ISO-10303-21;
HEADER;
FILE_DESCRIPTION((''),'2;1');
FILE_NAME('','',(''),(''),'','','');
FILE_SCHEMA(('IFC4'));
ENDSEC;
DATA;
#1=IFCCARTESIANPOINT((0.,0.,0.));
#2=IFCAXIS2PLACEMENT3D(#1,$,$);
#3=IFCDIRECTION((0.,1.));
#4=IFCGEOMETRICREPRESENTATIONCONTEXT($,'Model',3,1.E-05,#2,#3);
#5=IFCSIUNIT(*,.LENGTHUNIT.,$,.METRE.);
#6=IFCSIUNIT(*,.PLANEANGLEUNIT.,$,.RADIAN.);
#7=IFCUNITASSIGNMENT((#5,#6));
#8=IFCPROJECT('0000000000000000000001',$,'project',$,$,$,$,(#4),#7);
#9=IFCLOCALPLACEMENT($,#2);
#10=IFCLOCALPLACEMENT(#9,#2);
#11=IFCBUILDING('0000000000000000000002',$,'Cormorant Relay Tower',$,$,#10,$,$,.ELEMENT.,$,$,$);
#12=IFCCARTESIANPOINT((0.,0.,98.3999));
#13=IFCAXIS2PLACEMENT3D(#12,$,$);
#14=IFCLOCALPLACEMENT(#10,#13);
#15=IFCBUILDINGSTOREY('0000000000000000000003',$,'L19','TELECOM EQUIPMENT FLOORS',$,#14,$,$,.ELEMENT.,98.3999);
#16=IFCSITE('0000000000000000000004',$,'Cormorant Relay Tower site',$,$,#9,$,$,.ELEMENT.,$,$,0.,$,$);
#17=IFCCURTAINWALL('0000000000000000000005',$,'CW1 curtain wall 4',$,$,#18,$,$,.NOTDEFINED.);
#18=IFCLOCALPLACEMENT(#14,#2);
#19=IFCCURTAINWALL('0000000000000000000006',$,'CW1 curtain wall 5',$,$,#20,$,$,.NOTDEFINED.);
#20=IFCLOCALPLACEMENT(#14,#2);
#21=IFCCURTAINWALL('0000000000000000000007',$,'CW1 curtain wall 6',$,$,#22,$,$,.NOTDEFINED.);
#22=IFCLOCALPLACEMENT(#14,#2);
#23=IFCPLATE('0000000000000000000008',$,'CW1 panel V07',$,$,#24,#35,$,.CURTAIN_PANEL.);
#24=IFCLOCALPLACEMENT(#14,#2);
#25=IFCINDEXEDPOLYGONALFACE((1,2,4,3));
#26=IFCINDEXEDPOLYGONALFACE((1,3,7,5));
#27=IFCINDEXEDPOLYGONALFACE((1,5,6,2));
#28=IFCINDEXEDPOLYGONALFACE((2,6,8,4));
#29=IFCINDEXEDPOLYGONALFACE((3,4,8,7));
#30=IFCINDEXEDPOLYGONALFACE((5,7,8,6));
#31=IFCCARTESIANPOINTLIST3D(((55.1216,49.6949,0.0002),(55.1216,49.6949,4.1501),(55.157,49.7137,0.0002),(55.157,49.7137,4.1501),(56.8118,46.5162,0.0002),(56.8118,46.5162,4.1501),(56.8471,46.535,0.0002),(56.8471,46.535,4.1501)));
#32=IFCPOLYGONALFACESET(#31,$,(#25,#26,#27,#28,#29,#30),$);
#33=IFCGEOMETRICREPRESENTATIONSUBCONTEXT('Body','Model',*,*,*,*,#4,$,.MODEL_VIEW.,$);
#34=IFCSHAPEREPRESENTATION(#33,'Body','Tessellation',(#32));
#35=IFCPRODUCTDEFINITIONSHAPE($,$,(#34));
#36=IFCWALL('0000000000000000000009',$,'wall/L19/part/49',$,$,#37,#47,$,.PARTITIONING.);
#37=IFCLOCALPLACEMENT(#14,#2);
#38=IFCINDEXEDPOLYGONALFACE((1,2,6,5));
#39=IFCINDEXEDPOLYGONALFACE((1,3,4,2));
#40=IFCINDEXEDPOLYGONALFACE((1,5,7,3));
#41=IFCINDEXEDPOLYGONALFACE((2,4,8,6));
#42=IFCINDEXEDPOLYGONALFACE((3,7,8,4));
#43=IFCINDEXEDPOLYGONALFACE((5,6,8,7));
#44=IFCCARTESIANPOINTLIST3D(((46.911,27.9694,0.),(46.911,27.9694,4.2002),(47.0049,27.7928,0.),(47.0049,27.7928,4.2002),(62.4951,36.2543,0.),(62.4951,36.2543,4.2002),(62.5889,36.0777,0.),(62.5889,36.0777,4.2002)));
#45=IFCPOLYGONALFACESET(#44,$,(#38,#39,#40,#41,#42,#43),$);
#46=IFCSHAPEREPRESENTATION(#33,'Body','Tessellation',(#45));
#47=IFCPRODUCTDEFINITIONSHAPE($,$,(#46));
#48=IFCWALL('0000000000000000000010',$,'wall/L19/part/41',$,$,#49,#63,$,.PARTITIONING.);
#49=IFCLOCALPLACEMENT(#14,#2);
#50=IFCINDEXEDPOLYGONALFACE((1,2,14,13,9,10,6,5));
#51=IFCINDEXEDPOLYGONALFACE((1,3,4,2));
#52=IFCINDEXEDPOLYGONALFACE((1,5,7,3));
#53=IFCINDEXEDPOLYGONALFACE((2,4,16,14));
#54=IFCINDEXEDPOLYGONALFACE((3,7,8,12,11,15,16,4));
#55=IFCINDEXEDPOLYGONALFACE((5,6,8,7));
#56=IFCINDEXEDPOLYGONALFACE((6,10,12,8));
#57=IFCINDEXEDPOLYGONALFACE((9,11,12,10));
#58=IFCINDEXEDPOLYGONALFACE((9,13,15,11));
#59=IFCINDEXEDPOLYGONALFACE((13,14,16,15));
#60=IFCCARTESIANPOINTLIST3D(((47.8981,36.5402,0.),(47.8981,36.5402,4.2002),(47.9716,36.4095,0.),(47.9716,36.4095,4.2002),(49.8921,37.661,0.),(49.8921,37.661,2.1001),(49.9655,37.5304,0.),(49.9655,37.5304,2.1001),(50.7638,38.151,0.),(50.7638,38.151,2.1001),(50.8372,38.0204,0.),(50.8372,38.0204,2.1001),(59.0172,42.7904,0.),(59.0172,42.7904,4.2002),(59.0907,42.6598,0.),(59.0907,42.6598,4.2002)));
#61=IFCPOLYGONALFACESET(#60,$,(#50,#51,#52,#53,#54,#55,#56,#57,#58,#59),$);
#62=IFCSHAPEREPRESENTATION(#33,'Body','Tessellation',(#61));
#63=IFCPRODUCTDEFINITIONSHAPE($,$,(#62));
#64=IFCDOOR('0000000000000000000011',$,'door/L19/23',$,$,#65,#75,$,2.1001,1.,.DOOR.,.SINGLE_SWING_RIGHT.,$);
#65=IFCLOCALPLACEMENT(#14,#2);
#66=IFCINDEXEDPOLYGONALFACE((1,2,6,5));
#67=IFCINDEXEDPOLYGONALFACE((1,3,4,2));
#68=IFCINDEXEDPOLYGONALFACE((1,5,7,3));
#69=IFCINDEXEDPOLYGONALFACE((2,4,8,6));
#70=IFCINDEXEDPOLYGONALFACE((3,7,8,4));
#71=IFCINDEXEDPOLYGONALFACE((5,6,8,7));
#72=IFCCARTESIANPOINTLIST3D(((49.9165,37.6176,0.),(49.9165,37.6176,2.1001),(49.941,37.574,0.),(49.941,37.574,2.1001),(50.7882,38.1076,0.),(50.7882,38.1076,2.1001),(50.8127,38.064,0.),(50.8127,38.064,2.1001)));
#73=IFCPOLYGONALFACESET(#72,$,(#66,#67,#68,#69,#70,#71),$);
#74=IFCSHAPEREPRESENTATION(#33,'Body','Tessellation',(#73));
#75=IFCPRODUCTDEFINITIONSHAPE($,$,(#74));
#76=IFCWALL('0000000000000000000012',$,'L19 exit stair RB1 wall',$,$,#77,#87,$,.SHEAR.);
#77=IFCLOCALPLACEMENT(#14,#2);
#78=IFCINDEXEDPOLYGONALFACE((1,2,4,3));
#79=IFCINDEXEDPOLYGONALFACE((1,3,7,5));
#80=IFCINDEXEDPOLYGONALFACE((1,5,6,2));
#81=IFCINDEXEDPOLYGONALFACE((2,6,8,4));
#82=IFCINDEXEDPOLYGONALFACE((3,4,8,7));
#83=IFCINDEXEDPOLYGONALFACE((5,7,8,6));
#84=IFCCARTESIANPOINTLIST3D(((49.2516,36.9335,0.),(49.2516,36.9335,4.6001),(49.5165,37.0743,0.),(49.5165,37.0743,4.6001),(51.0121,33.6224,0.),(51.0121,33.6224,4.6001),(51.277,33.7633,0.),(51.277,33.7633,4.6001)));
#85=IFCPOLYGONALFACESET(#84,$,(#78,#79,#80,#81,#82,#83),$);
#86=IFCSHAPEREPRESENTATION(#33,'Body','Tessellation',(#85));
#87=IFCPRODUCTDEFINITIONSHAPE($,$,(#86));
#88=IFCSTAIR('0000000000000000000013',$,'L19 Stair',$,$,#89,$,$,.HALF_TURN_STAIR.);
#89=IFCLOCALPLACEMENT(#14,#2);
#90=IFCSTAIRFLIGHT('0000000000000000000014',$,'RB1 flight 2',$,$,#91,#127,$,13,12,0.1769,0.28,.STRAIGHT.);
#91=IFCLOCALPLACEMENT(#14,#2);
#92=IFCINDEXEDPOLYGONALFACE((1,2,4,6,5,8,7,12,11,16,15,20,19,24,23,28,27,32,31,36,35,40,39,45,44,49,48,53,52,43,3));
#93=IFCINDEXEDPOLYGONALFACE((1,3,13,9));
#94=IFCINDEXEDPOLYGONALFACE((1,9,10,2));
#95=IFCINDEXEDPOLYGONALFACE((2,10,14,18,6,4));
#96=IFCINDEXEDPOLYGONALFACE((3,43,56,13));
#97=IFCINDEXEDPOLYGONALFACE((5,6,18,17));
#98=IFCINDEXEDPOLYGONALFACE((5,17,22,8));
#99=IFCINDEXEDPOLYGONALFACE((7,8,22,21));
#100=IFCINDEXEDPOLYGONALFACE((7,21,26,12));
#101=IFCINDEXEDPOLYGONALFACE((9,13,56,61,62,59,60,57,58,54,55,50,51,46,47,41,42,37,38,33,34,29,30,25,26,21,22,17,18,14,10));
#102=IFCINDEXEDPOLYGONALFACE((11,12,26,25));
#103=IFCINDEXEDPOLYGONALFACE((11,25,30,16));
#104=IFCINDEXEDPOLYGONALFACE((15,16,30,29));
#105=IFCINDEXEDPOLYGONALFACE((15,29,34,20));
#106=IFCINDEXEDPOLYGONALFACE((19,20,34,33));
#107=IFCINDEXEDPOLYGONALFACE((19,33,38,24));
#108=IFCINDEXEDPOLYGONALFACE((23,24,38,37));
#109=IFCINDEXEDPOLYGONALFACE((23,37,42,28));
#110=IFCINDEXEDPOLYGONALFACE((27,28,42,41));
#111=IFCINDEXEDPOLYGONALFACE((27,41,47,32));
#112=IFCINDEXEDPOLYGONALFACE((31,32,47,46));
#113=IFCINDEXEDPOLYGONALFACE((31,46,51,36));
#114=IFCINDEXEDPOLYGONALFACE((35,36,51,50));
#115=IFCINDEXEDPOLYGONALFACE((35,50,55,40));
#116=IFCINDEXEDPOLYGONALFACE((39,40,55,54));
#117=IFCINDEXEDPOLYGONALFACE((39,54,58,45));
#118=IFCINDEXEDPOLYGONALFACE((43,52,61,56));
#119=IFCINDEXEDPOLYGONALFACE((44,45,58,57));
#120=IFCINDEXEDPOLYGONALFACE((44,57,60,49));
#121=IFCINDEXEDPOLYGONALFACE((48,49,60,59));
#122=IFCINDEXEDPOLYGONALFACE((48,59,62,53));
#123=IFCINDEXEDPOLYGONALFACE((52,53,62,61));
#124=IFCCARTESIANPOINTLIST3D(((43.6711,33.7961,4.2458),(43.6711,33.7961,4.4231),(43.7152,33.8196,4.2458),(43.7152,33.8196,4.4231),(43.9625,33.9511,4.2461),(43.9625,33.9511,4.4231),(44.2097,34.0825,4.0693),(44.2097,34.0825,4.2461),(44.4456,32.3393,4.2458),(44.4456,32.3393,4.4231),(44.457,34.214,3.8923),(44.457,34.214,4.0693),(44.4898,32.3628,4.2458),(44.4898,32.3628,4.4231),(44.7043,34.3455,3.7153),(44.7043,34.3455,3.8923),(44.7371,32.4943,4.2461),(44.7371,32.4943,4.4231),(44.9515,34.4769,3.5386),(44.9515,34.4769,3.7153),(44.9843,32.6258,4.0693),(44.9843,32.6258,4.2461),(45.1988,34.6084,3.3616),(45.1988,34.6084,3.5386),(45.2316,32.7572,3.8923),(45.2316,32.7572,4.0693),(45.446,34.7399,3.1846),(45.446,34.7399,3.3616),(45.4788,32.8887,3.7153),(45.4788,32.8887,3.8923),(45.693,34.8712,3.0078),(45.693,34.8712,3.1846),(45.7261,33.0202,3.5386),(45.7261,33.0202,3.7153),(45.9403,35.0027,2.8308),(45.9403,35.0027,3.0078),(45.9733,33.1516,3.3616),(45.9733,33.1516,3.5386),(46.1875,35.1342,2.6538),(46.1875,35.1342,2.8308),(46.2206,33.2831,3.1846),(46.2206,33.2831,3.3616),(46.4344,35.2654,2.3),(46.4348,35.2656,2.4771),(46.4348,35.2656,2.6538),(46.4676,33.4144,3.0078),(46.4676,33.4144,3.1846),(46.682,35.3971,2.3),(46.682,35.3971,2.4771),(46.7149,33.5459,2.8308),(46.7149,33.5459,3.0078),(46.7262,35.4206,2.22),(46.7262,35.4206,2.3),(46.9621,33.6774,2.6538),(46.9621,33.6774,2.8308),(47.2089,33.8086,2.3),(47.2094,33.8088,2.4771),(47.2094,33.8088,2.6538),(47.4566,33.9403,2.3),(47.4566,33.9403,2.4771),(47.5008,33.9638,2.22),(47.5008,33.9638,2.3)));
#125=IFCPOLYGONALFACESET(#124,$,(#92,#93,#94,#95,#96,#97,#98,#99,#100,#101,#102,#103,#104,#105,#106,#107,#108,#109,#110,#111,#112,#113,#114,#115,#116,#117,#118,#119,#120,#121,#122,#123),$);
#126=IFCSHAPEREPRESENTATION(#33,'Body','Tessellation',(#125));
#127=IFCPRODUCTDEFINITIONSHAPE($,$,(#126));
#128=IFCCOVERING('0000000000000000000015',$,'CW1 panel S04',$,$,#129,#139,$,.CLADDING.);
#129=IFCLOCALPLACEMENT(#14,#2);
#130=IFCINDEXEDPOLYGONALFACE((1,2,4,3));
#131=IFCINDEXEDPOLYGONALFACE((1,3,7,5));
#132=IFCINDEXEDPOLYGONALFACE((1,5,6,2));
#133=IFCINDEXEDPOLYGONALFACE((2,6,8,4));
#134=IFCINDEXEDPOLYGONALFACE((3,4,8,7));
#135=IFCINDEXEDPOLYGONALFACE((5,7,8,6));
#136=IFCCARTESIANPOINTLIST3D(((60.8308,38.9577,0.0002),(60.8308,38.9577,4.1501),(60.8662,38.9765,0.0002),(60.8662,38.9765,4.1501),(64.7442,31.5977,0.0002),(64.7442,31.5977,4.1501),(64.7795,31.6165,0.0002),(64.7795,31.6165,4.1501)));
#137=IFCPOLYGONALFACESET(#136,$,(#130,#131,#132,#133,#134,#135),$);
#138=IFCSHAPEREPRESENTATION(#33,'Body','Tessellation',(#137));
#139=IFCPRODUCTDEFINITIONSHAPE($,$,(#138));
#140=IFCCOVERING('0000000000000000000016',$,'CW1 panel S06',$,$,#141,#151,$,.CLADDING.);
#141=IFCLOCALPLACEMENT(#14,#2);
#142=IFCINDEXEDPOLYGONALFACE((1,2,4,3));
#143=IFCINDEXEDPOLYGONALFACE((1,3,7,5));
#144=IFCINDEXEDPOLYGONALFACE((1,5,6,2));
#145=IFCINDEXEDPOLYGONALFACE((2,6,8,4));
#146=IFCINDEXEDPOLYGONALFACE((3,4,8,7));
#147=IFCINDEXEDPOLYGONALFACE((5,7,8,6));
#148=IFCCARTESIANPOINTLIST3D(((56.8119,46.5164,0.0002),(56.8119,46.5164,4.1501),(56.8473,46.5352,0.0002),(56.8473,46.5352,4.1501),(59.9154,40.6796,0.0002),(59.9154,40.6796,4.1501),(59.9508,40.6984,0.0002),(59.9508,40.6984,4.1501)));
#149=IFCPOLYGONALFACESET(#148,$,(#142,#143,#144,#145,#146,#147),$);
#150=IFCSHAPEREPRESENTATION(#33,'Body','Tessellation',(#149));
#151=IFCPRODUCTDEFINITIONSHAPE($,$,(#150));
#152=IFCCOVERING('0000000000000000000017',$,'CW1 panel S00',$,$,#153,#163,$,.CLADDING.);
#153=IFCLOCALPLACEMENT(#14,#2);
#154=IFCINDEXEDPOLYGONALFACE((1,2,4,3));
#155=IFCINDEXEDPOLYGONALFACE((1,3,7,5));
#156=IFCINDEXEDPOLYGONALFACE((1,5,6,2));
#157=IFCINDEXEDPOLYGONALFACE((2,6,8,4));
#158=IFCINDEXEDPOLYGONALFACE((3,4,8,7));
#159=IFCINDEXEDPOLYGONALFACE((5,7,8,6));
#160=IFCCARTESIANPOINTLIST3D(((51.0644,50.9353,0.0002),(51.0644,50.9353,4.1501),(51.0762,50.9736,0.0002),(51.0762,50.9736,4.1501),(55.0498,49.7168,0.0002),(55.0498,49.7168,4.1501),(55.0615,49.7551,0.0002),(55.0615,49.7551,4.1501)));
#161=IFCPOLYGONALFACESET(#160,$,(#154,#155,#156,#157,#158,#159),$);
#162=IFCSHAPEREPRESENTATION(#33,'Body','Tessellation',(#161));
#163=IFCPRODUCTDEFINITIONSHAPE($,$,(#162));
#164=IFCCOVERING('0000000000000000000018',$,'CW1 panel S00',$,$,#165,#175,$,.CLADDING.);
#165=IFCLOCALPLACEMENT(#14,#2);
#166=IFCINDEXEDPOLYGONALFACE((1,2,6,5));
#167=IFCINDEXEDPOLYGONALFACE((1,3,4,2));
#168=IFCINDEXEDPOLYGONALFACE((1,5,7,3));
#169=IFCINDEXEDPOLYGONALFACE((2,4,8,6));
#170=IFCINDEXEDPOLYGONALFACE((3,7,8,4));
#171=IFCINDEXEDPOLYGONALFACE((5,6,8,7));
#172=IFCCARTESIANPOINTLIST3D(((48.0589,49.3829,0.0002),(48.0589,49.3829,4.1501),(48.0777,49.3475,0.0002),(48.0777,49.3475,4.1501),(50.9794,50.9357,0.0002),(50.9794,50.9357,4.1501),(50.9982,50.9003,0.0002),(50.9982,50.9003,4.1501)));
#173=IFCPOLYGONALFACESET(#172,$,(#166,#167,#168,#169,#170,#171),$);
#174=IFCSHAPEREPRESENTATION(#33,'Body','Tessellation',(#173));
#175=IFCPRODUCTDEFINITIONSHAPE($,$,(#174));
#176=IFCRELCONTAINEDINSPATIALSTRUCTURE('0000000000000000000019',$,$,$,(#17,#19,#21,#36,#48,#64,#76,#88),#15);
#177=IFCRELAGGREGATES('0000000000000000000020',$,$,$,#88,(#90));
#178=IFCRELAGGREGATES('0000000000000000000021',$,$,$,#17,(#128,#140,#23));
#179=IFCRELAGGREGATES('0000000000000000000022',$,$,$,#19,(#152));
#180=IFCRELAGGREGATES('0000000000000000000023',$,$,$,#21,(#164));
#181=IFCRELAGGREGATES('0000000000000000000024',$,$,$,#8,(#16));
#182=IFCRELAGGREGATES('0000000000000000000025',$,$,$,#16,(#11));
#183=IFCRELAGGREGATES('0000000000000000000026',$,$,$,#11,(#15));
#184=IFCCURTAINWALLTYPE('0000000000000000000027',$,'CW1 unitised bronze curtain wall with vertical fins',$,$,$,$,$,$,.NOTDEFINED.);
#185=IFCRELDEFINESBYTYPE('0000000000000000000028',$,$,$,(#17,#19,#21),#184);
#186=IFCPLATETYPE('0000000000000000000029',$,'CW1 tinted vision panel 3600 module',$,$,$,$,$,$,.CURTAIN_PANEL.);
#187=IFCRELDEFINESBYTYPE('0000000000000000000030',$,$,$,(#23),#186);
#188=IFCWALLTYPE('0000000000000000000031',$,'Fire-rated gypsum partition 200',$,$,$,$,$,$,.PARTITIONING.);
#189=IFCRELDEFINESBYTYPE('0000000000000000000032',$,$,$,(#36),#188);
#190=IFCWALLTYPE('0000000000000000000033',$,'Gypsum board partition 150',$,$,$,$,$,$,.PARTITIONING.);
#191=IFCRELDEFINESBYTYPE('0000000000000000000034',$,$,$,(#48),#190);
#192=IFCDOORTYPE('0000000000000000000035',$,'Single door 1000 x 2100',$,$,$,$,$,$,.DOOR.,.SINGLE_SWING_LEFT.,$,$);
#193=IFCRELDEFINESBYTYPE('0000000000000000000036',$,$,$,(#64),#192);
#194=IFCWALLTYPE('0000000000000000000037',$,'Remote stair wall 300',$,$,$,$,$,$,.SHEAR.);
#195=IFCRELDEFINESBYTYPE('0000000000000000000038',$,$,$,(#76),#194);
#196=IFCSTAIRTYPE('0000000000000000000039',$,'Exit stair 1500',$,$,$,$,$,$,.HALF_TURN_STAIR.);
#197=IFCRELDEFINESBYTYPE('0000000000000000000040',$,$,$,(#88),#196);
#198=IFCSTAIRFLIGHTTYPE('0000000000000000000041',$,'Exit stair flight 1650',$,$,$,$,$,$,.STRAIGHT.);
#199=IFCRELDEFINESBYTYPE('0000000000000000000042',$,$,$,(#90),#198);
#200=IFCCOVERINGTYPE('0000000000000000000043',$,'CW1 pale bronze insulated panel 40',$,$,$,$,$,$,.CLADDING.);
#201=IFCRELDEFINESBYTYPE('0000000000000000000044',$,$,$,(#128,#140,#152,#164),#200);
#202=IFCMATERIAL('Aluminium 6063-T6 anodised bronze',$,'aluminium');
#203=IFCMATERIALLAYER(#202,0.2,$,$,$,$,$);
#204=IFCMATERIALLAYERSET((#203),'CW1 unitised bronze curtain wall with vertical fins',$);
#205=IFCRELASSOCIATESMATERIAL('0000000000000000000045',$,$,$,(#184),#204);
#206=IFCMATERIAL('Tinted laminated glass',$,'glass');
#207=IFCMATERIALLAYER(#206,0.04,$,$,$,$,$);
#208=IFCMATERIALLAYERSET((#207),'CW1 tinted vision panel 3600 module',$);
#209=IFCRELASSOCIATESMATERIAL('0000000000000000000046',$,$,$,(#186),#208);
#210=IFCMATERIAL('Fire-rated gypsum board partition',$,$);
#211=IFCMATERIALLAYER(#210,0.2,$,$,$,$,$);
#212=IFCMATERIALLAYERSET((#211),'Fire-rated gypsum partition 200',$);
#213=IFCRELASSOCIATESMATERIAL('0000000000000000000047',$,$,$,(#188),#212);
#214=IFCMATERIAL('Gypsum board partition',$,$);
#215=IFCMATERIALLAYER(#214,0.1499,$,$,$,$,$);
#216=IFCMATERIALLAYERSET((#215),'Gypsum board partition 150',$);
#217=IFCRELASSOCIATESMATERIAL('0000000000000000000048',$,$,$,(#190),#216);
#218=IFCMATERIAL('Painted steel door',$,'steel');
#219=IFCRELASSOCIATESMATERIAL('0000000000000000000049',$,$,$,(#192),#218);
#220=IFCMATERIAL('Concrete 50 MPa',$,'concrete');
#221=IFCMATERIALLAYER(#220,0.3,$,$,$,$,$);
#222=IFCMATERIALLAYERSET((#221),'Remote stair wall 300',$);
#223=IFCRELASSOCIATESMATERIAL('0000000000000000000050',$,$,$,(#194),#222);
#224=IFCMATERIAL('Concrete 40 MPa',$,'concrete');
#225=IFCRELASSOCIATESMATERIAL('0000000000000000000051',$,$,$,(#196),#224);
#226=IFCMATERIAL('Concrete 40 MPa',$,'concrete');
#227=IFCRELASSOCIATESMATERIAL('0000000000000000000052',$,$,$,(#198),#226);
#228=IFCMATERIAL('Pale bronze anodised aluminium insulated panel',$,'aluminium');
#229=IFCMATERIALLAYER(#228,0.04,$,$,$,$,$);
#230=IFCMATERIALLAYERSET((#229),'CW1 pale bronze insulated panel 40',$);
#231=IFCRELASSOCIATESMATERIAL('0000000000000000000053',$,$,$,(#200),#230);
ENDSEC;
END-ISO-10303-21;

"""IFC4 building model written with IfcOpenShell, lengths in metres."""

from ifc_helpers import new_model, si_unit, direction, frame, frame_2d, origin, origin_2d, place, context, subcontext, project, spatial, polyline, rectangle, outline, extrude, material, layer, layer_set, type_object, element, fill, aggregate, save


model = new_model("IFC4")

# Units and contexts
model_context = context("Model", 3, precision=1e-05, world=origin(), true_north=direction((0.0, 1.0)))
body_context = subcontext(model_context, "Body", "Model", "MODEL_VIEW")
ifc_project = project(units=[si_unit("LENGTHUNIT", "METRE"), si_unit("PLANEANGLEUNIT", "RADIAN")], contexts=[model_context])

# Site, building, storey
site_placement = place(None, origin())
site = spatial("IfcSite", under=ifc_project, at=site_placement, Name="Cormorant Relay Tower site", CompositionType="ELEMENT", RefElevation=0.0)
building_placement = place(site_placement, origin())
building = spatial("IfcBuilding", under=site, at=building_placement, Name="Cormorant Relay Tower", CompositionType="ELEMENT")
storey_placement = place(building_placement, frame((0.0, 0.0, 98.3999)))
storey = spatial("IfcBuildingStorey", under=building, at=storey_placement, Name="L19", Description="TELECOM EQUIPMENT FLOORS", CompositionType="ELEMENT", Elevation=98.3999)

# Curtain wall
ifc_material_1 = material(Name="Aluminium 6063-T6 anodised bronze", Category="aluminium")
ifc_layer_1 = layer(ifc_material_1, 0.2)
ifc_layer_set_1 = layer_set([ifc_layer_1], Name="CW1 unitised bronze curtain wall with vertical fins")
curtain_wall_type = type_object("IfcCurtainWallType", Name="CW1 unitised bronze curtain wall with vertical fins", PredefinedType="NOTDEFINED", material=ifc_layer_set_1)
curtain_wall_1_placement = place(storey_placement, origin())
curtain_wall_1 = element("IfcCurtainWall", 1, at=curtain_wall_1_placement, inside=storey, type_object=curtain_wall_type, Name="CW1 curtain wall 4", PredefinedType="NOTDEFINED")

# Curtain wall
curtain_wall_2_placement = place(storey_placement, origin())
curtain_wall_2 = element("IfcCurtainWall", 2, at=curtain_wall_2_placement, inside=storey, type_object=curtain_wall_type, Name="CW1 curtain wall 5", PredefinedType="NOTDEFINED")

# Curtain wall
curtain_wall_3_placement = place(storey_placement, origin())
curtain_wall_3 = element("IfcCurtainWall", 3, at=curtain_wall_3_placement, inside=storey, type_object=curtain_wall_type, Name="CW1 curtain wall 6", PredefinedType="NOTDEFINED")

# Plate
ifc_material_2 = material(Name="Tinted laminated glass", Category="glass")
ifc_layer_2 = layer(ifc_material_2, 0.04)
ifc_layer_set_2 = layer_set([ifc_layer_2], Name="CW1 tinted vision panel 3600 module")
plate_type_1 = type_object("IfcPlateType", Name="CW1 tinted vision panel 3600 module", PredefinedType="CURTAIN_PANEL", material=ifc_layer_set_2)
plate_1_placement = place(storey_placement, frame((55.9844, 48.115, 0.0002), z_axis=(0.0, 0.0, 1.0), x_axis=(-0.469472, 0.882948, 0.0)))
plate_1 = element("IfcPlate", 4, at=plate_1_placement, type_object=plate_type_1, Name="CW1 panel V07", PredefinedType="CURTAIN_PANEL", context=body_context, shape_type="SweptSolid", body=[
    extrude(rectangle(XDim=3.6001, YDim=0.04, at=origin_2d()), origin(), (0.0, 0.0, 1.0), 4.1499),
])

# Wall
ifc_material_3 = material(Name="Fire-rated gypsum board partition")
ifc_layer_3 = layer(ifc_material_3, 0.2)
ifc_layer_set_3 = layer_set([ifc_layer_3], Name="Fire-rated gypsum partition 200")
wall_type_1 = type_object("IfcWallType", Name="Fire-rated gypsum partition 200", PredefinedType="PARTITIONING", material=ifc_layer_set_3)
wall_1_placement = place(storey_placement, frame((62.542, 36.166, 0.0), z_axis=(0.0, 0.0, 1.0), x_axis=(-0.882977, -0.469417, 0.0)))
element("IfcWall", 5, at=wall_1_placement, inside=storey, type_object=wall_type_1, Name="wall/L19/part/49", PredefinedType="PARTITIONING", context=body_context, shape_type="SweptSolid", body=[
    extrude(rectangle(XDim=17.6494, YDim=0.2, at=frame_2d((8.8247, 0.0))), origin(), (0.0, 0.0, 1.0), 4.2002),
])

# Wall, opening, door
ifc_material_4 = material(Name="Gypsum board partition")
ifc_layer_4 = layer(ifc_material_4, 0.1499)
ifc_layer_set_4 = layer_set([ifc_layer_4], Name="Gypsum board partition 150")
wall_type_2 = type_object("IfcWallType", Name="Gypsum board partition 150", PredefinedType="PARTITIONING", material=ifc_layer_set_4)
wall_2_placement = place(storey_placement, frame((59.054, 42.7251, 0.0), z_axis=(0.0, 0.0, 1.0), x_axis=(-0.871719, -0.490007, 0.0)))
wall_2 = element("IfcWall", 6, at=wall_2_placement, inside=storey, type_object=wall_type_2, Name="wall/L19/part/41", PredefinedType="PARTITIONING", context=body_context, shape_type="SweptSolid", body=[
    extrude(rectangle(XDim=12.7554, YDim=0.1499, at=frame_2d((6.3777, 0.0))), origin(), (0.0, 0.0, 1.0), 4.2002),
])
opening_placement = place(wall_2_placement, frame((9.468, 0.0, 0.0)))
opening = element("IfcOpeningElement", 7, at=opening_placement, cuts=wall_2, PredefinedType="OPENING", context=body_context, shape_type="SweptSolid", body=[
    extrude(rectangle(XDim=1.0, YDim=2.1001, at=frame_2d((0.5, 1.05))), frame((0.0, 0.085, 0.0), z_axis=(0.0, -1.0, 0.0), x_axis=(1.0, 0.0, 0.0)), (0.0, 0.0, 1.0), 0.1699),
])
ifc_material_5 = material(Name="Painted steel door", Category="steel")
door_type = type_object("IfcDoorType", Name="Single door 1000 x 2100", OperationType="SINGLE_SWING_LEFT", PredefinedType="DOOR", material=ifc_material_5)
door_placement = place(opening_placement, origin())
door = element("IfcDoor", 8, at=door_placement, inside=storey, type_object=door_type, Name="door/L19/23", OperationType="SINGLE_SWING_RIGHT", OverallHeight=2.1001, OverallWidth=1.0, PredefinedType="DOOR", context=body_context, shape_type="SweptSolid", body=[
    extrude(rectangle(XDim=1.0, YDim=2.1001, at=frame_2d((0.5, 1.05))), frame((0.0, 0.0249, 0.0), z_axis=(0.0, -1.0, 0.0), x_axis=(1.0, 0.0, 0.0)), (0.0, 0.0, 1.0), 0.05),
])
fill(opening, door)

# Wall
ifc_material_6 = material(Name="Concrete 50 MPa", Category="concrete")
ifc_layer_5 = layer(ifc_material_6, 0.3)
ifc_layer_set_5 = layer_set([ifc_layer_5], Name="Remote stair wall 300")
wall_type_3 = type_object("IfcWallType", Name="Remote stair wall 300", PredefinedType="SHEAR", material=ifc_layer_set_5)
wall_3_placement = place(storey_placement, frame((49.384, 37.0039, 0.0), z_axis=(0.0, 0.0, 1.0), x_axis=(0.469469, -0.882949, 0.0)))
element("IfcWall", 9, at=wall_3_placement, inside=storey, type_object=wall_type_3, Name="L19 exit stair RB1 wall", PredefinedType="SHEAR", context=body_context, shape_type="SweptSolid", body=[
    extrude(rectangle(XDim=3.75, YDim=0.3, at=frame_2d((1.875, 0.0))), origin(), (0.0, 0.0, 1.0), 4.6001),
])

# Stair, stair flight
ifc_material_7 = material(Name="Concrete 40 MPa", Category="concrete")
stair_type = type_object("IfcStairType", Name="Exit stair 1500", PredefinedType="HALF_TURN_STAIR", material=ifc_material_7)
stair_placement = place(storey_placement, origin())
stair = element("IfcStair", 10, at=stair_placement, inside=storey, type_object=stair_type, Name="L19 Stair", PredefinedType="HALF_TURN_STAIR")
ifc_material_8 = material(Name="Concrete 40 MPa", Category="concrete")
stair_flight_type = type_object("IfcStairFlightType", Name="Exit stair flight 1650", PredefinedType="STRAIGHT", material=ifc_material_8)
stair_flight_placement = place(storey_placement, frame((47.0693, 34.6687, 2.3), z_axis=(0.0, 0.0, 1.0), x_axis=(-0.882948, -0.469472, 0.0)))
stair_flight = element("IfcStairFlight", 11, at=stair_flight_placement, type_object=stair_flight_type, Name="RB1 flight 2", NumberOfRisers=13, NumberOfTreads=12, PredefinedType="STRAIGHT", RiserHeight=0.1769, TreadLength=0.28, context=body_context, shape_type="SweptSolid", body=[
    extrude(outline(polyline([(-0.05, -0.0801), (-0.05, 0.0), (0.0, 0.0), (0.0, 0.177), (0.28, 0.177), (0.28, 0.3538), (0.5601, 0.3538), (0.5601, 0.5308), (0.8401, 0.5308), (0.8401, 0.7078), (1.1201, 0.7078), (1.1201, 0.8845), (1.3999, 0.8845), (1.3999, 1.0615), (1.6799, 1.0615), (1.6799, 1.2385), (1.96, 1.2385), (1.96, 1.4153), (2.24, 1.4153), (2.24, 1.5923), (2.52, 1.5923), (2.52, 1.7693), (2.8, 1.7693), (2.8, 1.946), (3.0801, 1.946), (3.0801, 2.123), (3.3601, 2.123), (3.4102, 2.123), (3.4102, 1.9458), (3.3601, 1.9458), (0.2805, 0.0), (-0.05, -0.0801)])), frame((0.0, 0.825, 0.0), z_axis=(0.0, -1.0, 0.0), x_axis=(1.0, 0.0, 0.0)), (0.0, 0.0, 1.0), 1.6499),
])
aggregate(stair, [stair_flight])

# Coverings
ifc_material_9 = material(Name="Pale bronze anodised aluminium insulated panel", Category="aluminium")
ifc_layer_6 = layer(ifc_material_9, 0.04)
ifc_layer_set_6 = layer_set([ifc_layer_6], Name="CW1 pale bronze insulated panel 40")
covering_type = type_object("IfcCoveringType", Name="CW1 pale bronze insulated panel 40", PredefinedType="CLADDING", material=ifc_layer_set_6)
covering_1_placement = place(storey_placement, frame((62.8052, 35.2871, 0.0002), z_axis=(0.0, 0.0, 1.0), x_axis=(-0.469472, 0.882948, 0.0)))
covering_1 = element("IfcCovering", 12, at=covering_1_placement, type_object=covering_type, Name="CW1 panel S04", PredefinedType="CLADDING", context=body_context, shape_type="SweptSolid", body=[
    extrude(rectangle(XDim=8.3357, YDim=0.04, at=origin_2d()), origin(), (0.0, 0.0, 1.0), 4.1499),
])
covering_2_placement = place(storey_placement, frame((58.3813, 43.6074, 0.0002), z_axis=(0.0, 0.0, 1.0), x_axis=(-0.469472, 0.882948, 0.0)))
covering_2 = element("IfcCovering", 13, at=covering_2_placement, type_object=covering_type, Name="CW1 panel S06", PredefinedType="CLADDING", context=body_context, shape_type="SweptSolid", body=[
    extrude(rectangle(XDim=6.6106, YDim=0.04, at=origin_2d()), origin(), (0.0, 0.0, 1.0), 4.1499),
])
aggregate(curtain_wall_1, [covering_1, covering_2, plate_1])
covering_3_placement = place(storey_placement, frame((53.063, 50.3452, 0.0002), z_axis=(0.0, 0.0, 1.0), x_axis=(-0.956305, 0.292372, 0.0)))
covering_3 = element("IfcCovering", 14, at=covering_3_placement, type_object=covering_type, Name="CW1 panel S00", PredefinedType="CLADDING", context=body_context, shape_type="SweptSolid", body=[
    extrude(rectangle(XDim=4.1675, YDim=0.04, at=origin_2d()), origin(), (0.0, 0.0, 1.0), 4.1499),
])
aggregate(curtain_wall_2, [covering_3])
covering_4_placement = place(storey_placement, frame((49.5286, 50.1416, 0.0002), z_axis=(0.0, 0.0, 1.0), x_axis=(-0.882948, -0.469472, 0.0)))
covering_4 = element("IfcCovering", 15, at=covering_4_placement, type_object=covering_type, Name="CW1 panel S00", PredefinedType="CLADDING", context=body_context, shape_type="SweptSolid", body=[
    extrude(rectangle(XDim=3.3076, YDim=0.04, at=origin_2d()), origin(), (0.0, 0.0, 1.0), 4.1499),
])
aggregate(curtain_wall_3, [covering_4])

save(model, "model.ifc")
